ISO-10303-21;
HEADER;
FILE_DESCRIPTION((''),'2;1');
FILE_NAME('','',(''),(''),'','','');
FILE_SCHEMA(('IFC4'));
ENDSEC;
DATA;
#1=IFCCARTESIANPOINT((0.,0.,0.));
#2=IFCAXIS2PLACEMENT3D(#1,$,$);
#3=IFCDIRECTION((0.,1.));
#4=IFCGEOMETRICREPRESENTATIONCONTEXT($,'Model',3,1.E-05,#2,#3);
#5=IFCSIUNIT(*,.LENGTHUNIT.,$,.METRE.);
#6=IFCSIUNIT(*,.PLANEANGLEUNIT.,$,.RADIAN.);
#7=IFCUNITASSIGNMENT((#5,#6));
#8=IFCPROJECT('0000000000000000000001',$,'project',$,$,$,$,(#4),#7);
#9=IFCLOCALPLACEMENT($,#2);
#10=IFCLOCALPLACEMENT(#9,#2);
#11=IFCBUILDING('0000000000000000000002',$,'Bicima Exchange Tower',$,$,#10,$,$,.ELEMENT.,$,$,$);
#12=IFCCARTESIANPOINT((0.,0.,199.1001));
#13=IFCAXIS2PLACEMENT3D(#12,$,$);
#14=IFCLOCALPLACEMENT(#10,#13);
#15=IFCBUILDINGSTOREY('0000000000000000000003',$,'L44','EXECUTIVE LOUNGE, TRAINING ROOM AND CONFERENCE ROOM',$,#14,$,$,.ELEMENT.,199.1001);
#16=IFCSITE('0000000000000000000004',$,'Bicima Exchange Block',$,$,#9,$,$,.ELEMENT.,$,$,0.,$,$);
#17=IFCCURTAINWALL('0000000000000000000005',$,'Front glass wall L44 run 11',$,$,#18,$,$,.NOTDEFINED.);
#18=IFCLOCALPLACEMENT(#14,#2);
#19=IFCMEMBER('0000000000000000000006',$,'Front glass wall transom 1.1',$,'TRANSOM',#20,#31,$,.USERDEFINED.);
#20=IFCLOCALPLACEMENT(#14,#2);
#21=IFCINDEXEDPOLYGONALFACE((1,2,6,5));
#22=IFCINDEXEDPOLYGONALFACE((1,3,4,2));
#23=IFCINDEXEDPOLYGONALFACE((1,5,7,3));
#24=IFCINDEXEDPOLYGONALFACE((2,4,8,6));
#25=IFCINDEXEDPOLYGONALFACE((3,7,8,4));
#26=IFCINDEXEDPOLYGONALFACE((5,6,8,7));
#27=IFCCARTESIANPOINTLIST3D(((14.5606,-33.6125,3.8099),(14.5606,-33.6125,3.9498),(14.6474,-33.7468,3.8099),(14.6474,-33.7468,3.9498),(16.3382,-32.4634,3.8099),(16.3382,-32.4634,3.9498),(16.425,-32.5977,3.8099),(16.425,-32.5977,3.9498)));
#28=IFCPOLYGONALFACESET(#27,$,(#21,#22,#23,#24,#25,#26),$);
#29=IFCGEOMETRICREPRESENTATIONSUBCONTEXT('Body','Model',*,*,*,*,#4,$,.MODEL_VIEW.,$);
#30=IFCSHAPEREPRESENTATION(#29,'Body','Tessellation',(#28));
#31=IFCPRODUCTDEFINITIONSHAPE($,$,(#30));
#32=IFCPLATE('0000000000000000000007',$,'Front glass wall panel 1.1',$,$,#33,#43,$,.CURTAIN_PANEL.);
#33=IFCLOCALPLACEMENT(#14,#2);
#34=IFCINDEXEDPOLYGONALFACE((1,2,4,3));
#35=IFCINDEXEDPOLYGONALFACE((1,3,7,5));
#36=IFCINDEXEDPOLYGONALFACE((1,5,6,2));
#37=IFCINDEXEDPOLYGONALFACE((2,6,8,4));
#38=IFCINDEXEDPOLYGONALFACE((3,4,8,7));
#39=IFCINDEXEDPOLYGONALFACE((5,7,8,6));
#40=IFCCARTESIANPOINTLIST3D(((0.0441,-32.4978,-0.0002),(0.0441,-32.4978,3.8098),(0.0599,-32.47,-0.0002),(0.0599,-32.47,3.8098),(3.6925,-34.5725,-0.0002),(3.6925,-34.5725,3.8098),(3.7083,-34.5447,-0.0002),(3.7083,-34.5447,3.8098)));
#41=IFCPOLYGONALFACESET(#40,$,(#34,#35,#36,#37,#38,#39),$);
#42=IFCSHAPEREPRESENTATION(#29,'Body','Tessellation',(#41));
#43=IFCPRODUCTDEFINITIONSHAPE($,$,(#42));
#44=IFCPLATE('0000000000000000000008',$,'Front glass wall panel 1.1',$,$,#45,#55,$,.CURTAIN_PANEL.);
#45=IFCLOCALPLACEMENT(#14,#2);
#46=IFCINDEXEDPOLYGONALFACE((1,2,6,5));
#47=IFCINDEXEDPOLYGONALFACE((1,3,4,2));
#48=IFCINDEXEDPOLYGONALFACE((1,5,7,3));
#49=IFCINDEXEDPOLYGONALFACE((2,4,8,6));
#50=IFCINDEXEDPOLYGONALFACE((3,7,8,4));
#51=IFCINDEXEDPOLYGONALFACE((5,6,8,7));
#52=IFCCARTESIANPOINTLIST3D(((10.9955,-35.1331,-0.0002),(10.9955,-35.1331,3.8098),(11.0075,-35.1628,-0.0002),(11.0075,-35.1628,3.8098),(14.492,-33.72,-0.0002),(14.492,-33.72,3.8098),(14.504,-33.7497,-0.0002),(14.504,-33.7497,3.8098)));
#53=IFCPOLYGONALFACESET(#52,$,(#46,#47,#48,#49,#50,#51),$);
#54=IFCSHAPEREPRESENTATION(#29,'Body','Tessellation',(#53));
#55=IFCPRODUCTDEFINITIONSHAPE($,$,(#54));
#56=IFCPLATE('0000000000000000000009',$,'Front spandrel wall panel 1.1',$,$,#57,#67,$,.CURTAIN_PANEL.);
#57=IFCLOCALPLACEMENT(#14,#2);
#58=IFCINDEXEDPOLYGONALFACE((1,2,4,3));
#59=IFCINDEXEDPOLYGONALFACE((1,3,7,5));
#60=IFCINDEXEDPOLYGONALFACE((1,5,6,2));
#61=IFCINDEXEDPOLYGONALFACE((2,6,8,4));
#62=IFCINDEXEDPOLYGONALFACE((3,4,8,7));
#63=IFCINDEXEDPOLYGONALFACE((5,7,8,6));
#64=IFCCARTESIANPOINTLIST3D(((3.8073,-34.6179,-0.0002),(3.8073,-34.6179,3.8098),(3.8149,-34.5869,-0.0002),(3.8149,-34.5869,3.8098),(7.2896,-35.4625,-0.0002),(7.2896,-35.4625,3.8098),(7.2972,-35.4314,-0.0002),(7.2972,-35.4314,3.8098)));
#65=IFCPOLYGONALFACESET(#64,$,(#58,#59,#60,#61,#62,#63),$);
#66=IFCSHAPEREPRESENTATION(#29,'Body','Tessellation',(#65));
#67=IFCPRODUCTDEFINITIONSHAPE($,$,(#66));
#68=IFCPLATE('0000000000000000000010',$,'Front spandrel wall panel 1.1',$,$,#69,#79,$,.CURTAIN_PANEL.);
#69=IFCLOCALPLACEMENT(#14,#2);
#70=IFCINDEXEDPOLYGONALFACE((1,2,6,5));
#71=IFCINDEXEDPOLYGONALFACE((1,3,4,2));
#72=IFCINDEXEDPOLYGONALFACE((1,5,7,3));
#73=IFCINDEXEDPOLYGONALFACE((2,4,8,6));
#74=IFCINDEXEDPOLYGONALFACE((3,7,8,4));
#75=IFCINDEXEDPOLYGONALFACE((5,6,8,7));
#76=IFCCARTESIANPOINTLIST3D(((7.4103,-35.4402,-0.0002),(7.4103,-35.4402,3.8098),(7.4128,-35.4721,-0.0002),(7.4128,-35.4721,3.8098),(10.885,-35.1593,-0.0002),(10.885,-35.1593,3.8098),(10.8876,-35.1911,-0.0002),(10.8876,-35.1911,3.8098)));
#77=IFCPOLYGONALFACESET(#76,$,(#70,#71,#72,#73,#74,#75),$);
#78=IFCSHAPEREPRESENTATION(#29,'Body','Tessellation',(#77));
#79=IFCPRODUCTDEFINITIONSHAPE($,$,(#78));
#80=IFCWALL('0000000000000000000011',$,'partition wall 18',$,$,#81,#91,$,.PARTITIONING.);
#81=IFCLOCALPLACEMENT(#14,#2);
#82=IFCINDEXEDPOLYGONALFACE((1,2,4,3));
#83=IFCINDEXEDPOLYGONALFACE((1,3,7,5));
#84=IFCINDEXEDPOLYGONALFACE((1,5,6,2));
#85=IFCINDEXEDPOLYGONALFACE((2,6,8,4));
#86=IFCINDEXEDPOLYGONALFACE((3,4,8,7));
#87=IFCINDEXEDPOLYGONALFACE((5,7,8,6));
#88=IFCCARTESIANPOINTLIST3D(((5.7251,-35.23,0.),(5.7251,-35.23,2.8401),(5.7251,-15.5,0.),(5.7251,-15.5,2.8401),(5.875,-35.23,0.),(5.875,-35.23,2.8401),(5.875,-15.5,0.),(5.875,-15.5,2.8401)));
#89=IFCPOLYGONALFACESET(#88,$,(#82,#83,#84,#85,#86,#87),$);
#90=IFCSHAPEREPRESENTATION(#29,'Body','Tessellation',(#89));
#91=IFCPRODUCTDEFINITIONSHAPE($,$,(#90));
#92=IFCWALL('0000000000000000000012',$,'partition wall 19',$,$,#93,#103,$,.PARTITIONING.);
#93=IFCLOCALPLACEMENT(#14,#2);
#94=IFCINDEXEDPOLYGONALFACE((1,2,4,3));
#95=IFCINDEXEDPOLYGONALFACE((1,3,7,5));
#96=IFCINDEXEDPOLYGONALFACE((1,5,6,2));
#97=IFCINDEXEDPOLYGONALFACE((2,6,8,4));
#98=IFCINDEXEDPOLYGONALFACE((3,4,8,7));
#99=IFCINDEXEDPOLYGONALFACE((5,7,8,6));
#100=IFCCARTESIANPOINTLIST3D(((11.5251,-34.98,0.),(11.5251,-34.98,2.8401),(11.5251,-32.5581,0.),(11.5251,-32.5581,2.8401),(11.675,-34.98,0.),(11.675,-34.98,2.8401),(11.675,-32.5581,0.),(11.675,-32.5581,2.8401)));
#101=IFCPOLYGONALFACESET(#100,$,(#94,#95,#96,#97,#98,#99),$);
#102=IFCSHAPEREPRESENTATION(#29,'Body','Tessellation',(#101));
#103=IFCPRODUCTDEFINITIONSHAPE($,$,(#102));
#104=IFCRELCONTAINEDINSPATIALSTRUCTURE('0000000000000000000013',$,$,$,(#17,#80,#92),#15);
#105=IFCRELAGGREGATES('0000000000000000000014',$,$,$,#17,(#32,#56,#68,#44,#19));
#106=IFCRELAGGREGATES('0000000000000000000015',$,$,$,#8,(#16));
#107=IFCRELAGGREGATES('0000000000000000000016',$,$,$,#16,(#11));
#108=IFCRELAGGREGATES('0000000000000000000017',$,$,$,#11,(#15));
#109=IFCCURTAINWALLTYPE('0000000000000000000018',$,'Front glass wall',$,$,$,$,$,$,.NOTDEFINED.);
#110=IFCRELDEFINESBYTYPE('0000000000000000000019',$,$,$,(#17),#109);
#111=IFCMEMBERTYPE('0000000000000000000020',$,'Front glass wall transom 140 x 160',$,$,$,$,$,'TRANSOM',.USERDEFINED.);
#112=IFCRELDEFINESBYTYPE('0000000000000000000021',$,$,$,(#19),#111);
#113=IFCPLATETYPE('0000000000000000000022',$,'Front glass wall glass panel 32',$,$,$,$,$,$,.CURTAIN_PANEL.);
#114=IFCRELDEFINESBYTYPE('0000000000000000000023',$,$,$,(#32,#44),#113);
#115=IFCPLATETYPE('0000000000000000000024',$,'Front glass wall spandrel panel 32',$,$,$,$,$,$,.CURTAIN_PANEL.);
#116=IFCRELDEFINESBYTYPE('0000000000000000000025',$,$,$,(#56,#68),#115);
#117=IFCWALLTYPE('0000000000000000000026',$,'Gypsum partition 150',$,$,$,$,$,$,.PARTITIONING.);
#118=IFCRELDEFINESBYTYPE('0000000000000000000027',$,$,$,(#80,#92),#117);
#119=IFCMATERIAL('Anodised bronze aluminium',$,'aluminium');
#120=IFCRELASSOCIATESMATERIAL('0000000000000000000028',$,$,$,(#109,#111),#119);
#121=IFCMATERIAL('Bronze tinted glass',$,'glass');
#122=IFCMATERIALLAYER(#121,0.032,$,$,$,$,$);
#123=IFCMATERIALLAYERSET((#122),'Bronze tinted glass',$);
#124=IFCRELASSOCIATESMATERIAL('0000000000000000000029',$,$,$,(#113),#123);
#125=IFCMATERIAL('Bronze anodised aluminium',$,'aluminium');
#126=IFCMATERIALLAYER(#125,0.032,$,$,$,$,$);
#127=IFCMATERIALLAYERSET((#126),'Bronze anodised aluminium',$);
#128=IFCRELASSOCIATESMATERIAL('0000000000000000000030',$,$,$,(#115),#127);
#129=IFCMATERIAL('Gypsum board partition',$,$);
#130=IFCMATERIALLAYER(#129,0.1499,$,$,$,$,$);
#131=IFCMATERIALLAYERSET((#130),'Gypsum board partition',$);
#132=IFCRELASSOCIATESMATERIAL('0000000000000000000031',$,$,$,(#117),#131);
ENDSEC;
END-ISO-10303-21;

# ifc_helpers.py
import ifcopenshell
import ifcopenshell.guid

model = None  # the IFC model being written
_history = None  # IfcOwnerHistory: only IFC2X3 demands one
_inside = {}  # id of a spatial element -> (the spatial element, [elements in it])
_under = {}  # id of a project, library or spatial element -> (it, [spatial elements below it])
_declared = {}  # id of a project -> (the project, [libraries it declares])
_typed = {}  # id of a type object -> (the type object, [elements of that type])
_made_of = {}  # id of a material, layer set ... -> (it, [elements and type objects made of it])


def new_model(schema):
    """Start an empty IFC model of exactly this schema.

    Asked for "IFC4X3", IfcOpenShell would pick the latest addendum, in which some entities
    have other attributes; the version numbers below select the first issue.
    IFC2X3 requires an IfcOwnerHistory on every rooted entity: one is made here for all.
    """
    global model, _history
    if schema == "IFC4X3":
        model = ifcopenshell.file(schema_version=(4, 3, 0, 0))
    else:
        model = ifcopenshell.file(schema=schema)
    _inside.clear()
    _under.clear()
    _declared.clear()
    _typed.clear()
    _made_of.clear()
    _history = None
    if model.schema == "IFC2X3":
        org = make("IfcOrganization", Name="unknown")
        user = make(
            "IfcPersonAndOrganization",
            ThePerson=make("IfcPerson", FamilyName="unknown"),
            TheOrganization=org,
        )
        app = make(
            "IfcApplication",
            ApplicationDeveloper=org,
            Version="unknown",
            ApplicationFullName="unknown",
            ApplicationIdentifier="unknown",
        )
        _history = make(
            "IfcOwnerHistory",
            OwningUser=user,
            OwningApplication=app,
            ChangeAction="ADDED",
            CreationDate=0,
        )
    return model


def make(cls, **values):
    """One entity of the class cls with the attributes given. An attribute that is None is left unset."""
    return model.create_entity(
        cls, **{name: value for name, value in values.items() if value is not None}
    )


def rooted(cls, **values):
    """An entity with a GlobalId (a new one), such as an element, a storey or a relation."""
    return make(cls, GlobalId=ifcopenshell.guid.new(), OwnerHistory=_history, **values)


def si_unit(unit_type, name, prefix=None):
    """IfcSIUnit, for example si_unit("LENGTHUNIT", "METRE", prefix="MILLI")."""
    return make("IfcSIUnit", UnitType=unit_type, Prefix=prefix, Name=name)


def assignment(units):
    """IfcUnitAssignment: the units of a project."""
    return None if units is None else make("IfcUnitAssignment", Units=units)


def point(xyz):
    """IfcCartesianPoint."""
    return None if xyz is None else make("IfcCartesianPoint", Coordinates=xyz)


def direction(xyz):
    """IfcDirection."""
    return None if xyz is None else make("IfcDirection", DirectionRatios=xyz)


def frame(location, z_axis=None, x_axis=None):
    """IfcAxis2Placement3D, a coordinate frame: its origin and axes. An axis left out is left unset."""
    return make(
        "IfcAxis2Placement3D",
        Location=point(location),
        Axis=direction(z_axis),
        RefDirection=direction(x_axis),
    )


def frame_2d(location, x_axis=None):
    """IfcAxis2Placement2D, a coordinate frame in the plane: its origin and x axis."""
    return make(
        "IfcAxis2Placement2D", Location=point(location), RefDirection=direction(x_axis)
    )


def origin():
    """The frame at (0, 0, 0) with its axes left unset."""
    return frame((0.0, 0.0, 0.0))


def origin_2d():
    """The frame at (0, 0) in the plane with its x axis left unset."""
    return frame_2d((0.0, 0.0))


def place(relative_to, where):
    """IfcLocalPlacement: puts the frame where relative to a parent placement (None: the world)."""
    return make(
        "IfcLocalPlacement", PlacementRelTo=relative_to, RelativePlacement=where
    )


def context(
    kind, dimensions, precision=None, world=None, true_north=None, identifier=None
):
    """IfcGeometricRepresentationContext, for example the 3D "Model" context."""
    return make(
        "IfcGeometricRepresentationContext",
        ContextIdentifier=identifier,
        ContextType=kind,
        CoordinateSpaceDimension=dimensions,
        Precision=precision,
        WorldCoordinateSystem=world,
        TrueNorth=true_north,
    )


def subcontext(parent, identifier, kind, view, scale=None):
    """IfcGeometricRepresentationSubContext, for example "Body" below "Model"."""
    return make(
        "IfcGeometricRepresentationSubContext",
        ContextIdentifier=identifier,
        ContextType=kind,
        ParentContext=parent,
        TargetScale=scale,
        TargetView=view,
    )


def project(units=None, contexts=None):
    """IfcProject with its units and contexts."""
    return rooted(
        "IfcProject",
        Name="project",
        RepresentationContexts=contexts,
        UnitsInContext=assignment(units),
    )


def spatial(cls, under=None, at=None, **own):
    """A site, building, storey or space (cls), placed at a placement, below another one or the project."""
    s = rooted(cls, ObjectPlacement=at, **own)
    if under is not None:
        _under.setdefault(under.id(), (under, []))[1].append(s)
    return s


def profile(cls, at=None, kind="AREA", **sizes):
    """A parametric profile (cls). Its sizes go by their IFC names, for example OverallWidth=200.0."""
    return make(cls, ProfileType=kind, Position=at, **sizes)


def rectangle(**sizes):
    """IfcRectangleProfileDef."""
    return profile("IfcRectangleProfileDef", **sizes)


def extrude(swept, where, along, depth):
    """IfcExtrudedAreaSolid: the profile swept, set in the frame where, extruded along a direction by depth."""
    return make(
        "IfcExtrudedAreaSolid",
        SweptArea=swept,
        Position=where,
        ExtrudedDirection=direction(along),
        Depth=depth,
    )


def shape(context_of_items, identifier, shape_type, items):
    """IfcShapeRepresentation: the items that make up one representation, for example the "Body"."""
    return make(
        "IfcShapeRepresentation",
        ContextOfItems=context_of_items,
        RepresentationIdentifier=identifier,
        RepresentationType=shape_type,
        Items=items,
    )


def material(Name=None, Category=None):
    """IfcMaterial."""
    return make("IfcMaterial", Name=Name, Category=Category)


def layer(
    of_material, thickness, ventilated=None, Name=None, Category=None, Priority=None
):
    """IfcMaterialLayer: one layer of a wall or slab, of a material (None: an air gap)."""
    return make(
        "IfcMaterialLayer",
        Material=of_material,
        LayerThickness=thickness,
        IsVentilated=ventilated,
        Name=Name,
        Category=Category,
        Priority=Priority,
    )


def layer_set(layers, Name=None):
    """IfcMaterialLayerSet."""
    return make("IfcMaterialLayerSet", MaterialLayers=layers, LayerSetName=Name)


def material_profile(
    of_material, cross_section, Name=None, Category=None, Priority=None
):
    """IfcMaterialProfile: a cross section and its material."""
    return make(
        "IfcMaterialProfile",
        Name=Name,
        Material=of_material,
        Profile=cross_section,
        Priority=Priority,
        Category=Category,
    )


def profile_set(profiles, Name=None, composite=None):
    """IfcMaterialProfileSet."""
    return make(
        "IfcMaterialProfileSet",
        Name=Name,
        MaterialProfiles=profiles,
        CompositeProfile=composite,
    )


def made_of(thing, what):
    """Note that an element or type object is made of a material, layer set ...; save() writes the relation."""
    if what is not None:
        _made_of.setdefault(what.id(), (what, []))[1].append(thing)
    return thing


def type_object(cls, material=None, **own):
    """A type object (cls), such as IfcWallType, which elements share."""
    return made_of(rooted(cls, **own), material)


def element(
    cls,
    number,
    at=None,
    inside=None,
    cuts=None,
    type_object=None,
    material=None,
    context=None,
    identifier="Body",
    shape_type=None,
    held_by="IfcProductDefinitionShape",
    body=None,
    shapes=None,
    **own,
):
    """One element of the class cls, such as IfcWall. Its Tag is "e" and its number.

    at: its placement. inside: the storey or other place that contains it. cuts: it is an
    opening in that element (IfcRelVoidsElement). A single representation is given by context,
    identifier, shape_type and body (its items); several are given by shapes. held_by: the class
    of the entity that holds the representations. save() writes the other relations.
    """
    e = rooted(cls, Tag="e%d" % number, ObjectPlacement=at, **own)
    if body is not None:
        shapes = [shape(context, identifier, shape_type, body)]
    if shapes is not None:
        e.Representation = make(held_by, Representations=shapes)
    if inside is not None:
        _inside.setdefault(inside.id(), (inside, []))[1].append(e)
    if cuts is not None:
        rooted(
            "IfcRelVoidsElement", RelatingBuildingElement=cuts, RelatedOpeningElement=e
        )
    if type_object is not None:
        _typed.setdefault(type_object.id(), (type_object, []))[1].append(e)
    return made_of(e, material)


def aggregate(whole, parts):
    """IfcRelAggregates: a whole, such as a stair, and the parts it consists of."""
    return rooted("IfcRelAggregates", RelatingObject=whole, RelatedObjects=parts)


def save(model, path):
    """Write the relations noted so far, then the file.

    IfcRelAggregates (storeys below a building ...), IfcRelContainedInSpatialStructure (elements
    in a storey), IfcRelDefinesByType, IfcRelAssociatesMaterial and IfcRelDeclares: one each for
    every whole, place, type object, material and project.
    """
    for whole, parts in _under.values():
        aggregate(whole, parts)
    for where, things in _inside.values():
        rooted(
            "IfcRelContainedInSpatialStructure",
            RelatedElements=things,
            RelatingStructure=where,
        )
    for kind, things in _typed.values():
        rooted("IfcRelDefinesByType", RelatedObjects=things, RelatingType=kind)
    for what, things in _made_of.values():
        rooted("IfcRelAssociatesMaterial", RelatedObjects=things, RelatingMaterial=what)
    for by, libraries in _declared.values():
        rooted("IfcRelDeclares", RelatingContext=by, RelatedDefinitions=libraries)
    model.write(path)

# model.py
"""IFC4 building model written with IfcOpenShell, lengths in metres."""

from ifc_helpers import new_model, si_unit, direction, frame, frame_2d, origin, origin_2d, place, context, subcontext, project, spatial, rectangle, extrude, material, layer, layer_set, material_profile, profile_set, type_object, element, aggregate, save


model = new_model("IFC4")

# Units and contexts
model_context = context("Model", 3, precision=1e-05, world=origin(), true_north=direction((0.0, 1.0)))
body_context = subcontext(model_context, "Body", "Model", "MODEL_VIEW")
ifc_project = project(units=[si_unit("LENGTHUNIT", "METRE"), si_unit("PLANEANGLEUNIT", "RADIAN")], contexts=[model_context])

# Site, building, storey
site_placement = place(None, origin())
site = spatial("IfcSite", under=ifc_project, at=site_placement, Name="Bicima Exchange Block", CompositionType="ELEMENT", RefElevation=0.0)
building_placement = place(site_placement, origin())
building = spatial("IfcBuilding", under=site, at=building_placement, Name="Bicima Exchange Tower", CompositionType="ELEMENT")
storey_placement = place(building_placement, frame((0.0, 0.0, 199.1001)))
storey = spatial("IfcBuildingStorey", under=building, at=storey_placement, Name="L44", Description="EXECUTIVE LOUNGE, TRAINING ROOM AND CONFERENCE ROOM", CompositionType="ELEMENT", Elevation=199.1001)

# Curtain wall, member, plates
ifc_material_1 = material(Name="Anodised bronze aluminium", Category="aluminium")
curtain_wall_type = type_object("IfcCurtainWallType", Name="Front glass wall", PredefinedType="NOTDEFINED", material=ifc_material_1)
curtain_wall_placement = place(storey_placement, origin())
curtain_wall = element("IfcCurtainWall", 1, at=curtain_wall_placement, inside=storey, type_object=curtain_wall_type, Name="Front glass wall L44 run 11", PredefinedType="NOTDEFINED")
ifc_material_profile_1 = material_profile(ifc_material_1, rectangle(XDim=0.1599, YDim=0.1399, at=origin_2d()))
ifc_profile_set_1 = profile_set([ifc_material_profile_1], Name="Anodised bronze aluminium")
member_type_1 = type_object("IfcMemberType", Name="Front glass wall transom 140 x 160", ElementType="TRANSOM", PredefinedType="USERDEFINED", material=ifc_profile_set_1)
member_1_placement = place(storey_placement, frame((14.604, -33.6797, 3.8799), z_axis=(0.839793, 0.542907, 0.0), x_axis=(-0.542907, 0.839793, 0.0)))
member_1 = element("IfcMember", 2, at=member_1_placement, type_object=member_type_1, Name="Front glass wall transom 1.1", ObjectType="TRANSOM", PredefinedType="USERDEFINED", context=body_context, shape_type="SweptSolid", body=[
    extrude(rectangle(XDim=0.1599, YDim=0.1399, at=origin_2d()), origin(), (0.0, 0.0, 1.0), 2.1167),
])
ifc_material_2 = material(Name="Bronze tinted glass", Category="glass")
ifc_layer_1 = layer(ifc_material_2, 0.032)
ifc_layer_set_1 = layer_set([ifc_layer_1], Name="Bronze tinted glass")
plate_type_1 = type_object("IfcPlateType", Name="Front glass wall glass panel 32", PredefinedType="CURTAIN_PANEL", material=ifc_layer_set_1)
plate_1_placement = place(storey_placement, frame((1.8762, -33.5212, -0.0002), z_axis=(0.0, 0.0, 1.0), x_axis=(0.869274, -0.49433, 0.0)))
plate_1 = element("IfcPlate", 3, at=plate_1_placement, type_object=plate_type_1, Name="Front glass wall panel 1.1", PredefinedType="CURTAIN_PANEL", context=body_context, shape_type="SweptSolid", body=[
    extrude(rectangle(XDim=4.197, YDim=0.032, at=origin_2d()), origin(), (0.0, 0.0, 1.0), 3.8101),
])
plate_2_placement = place(storey_placement, frame((12.7498, -34.4414, -0.0002), z_axis=(0.0, 0.0, 1.0), x_axis=(0.927144, 0.374705, 0.0)))
plate_2 = element("IfcPlate", 4, at=plate_2_placement, type_object=plate_type_1, Name="Front glass wall panel 1.1", PredefinedType="CURTAIN_PANEL", context=body_context, shape_type="SweptSolid", body=[
    extrude(rectangle(XDim=3.7712, YDim=0.032, at=origin_2d()), origin(), (0.0, 0.0, 1.0), 3.8101),
])
ifc_material_3 = material(Name="Bronze anodised aluminium", Category="aluminium")
ifc_layer_2 = layer(ifc_material_3, 0.032)
ifc_layer_set_2 = layer_set([ifc_layer_2], Name="Bronze anodised aluminium")
plate_type_2 = type_object("IfcPlateType", Name="Front glass wall spandrel panel 32", PredefinedType="CURTAIN_PANEL", material=ifc_layer_set_2)
plate_3_placement = place(storey_placement, frame((5.5522, -35.0247, -0.0002), z_axis=(0.0, 0.0, 1.0), x_axis=(0.97183, -0.235682, 0.0)))
plate_3 = element("IfcPlate", 5, at=plate_3_placement, type_object=plate_type_2, Name="Front spandrel wall panel 1.1", PredefinedType="CURTAIN_PANEL", context=body_context, shape_type="SweptSolid", body=[
    extrude(rectangle(XDim=3.5833, YDim=0.032, at=origin_2d()), origin(), (0.0, 0.0, 1.0), 3.8101),
])
plate_4_placement = place(storey_placement, frame((9.1489, -35.3157, -0.0002), z_axis=(0.0, 0.0, 1.0), x_axis=(0.996747, 0.080589, 0.0)))
plate_4 = element("IfcPlate", 6, at=plate_4_placement, type_object=plate_type_2, Name="Front spandrel wall panel 1.1", PredefinedType="CURTAIN_PANEL", context=body_context, shape_type="SweptSolid", body=[
    extrude(rectangle(XDim=3.4861, YDim=0.032, at=origin_2d()), origin(), (0.0, 0.0, 1.0), 3.8101),
])
aggregate(curtain_wall, [plate_1, plate_3, plate_4, plate_2, member_1])

# Walls
ifc_material_4 = material(Name="Gypsum board partition")
ifc_layer_3 = layer(ifc_material_4, 0.1499)
ifc_layer_set_3 = layer_set([ifc_layer_3], Name="Gypsum board partition")
wall_type = type_object("IfcWallType", Name="Gypsum partition 150", PredefinedType="PARTITIONING", material=ifc_layer_set_3)
wall_1_placement = place(storey_placement, frame((5.8, -35.23, 0.0), z_axis=(0.0, 0.0, 1.0), x_axis=(0.0, 1.0, 0.0)))
element("IfcWall", 7, at=wall_1_placement, inside=storey, type_object=wall_type, Name="partition wall 18", PredefinedType="PARTITIONING", context=body_context, shape_type="SweptSolid", body=[
    extrude(rectangle(XDim=19.73, YDim=0.1499, at=frame_2d((9.865, 0.0))), origin(), (0.0, 0.0, 1.0), 2.8401),
])
wall_2_placement = place(storey_placement, frame((11.6001, -34.98, 0.0), z_axis=(0.0, 0.0, 1.0), x_axis=(0.0, 1.0, 0.0)))
element("IfcWall", 8, at=wall_2_placement, inside=storey, type_object=wall_type, Name="partition wall 19", PredefinedType="PARTITIONING", context=body_context, shape_type="SweptSolid", body=[
    extrude(rectangle(XDim=2.4219, YDim=0.1499, at=frame_2d((1.2109, 0.0))), origin(), (0.0, 0.0, 1.0), 2.8401),
])

save(model, "model.ifc")
